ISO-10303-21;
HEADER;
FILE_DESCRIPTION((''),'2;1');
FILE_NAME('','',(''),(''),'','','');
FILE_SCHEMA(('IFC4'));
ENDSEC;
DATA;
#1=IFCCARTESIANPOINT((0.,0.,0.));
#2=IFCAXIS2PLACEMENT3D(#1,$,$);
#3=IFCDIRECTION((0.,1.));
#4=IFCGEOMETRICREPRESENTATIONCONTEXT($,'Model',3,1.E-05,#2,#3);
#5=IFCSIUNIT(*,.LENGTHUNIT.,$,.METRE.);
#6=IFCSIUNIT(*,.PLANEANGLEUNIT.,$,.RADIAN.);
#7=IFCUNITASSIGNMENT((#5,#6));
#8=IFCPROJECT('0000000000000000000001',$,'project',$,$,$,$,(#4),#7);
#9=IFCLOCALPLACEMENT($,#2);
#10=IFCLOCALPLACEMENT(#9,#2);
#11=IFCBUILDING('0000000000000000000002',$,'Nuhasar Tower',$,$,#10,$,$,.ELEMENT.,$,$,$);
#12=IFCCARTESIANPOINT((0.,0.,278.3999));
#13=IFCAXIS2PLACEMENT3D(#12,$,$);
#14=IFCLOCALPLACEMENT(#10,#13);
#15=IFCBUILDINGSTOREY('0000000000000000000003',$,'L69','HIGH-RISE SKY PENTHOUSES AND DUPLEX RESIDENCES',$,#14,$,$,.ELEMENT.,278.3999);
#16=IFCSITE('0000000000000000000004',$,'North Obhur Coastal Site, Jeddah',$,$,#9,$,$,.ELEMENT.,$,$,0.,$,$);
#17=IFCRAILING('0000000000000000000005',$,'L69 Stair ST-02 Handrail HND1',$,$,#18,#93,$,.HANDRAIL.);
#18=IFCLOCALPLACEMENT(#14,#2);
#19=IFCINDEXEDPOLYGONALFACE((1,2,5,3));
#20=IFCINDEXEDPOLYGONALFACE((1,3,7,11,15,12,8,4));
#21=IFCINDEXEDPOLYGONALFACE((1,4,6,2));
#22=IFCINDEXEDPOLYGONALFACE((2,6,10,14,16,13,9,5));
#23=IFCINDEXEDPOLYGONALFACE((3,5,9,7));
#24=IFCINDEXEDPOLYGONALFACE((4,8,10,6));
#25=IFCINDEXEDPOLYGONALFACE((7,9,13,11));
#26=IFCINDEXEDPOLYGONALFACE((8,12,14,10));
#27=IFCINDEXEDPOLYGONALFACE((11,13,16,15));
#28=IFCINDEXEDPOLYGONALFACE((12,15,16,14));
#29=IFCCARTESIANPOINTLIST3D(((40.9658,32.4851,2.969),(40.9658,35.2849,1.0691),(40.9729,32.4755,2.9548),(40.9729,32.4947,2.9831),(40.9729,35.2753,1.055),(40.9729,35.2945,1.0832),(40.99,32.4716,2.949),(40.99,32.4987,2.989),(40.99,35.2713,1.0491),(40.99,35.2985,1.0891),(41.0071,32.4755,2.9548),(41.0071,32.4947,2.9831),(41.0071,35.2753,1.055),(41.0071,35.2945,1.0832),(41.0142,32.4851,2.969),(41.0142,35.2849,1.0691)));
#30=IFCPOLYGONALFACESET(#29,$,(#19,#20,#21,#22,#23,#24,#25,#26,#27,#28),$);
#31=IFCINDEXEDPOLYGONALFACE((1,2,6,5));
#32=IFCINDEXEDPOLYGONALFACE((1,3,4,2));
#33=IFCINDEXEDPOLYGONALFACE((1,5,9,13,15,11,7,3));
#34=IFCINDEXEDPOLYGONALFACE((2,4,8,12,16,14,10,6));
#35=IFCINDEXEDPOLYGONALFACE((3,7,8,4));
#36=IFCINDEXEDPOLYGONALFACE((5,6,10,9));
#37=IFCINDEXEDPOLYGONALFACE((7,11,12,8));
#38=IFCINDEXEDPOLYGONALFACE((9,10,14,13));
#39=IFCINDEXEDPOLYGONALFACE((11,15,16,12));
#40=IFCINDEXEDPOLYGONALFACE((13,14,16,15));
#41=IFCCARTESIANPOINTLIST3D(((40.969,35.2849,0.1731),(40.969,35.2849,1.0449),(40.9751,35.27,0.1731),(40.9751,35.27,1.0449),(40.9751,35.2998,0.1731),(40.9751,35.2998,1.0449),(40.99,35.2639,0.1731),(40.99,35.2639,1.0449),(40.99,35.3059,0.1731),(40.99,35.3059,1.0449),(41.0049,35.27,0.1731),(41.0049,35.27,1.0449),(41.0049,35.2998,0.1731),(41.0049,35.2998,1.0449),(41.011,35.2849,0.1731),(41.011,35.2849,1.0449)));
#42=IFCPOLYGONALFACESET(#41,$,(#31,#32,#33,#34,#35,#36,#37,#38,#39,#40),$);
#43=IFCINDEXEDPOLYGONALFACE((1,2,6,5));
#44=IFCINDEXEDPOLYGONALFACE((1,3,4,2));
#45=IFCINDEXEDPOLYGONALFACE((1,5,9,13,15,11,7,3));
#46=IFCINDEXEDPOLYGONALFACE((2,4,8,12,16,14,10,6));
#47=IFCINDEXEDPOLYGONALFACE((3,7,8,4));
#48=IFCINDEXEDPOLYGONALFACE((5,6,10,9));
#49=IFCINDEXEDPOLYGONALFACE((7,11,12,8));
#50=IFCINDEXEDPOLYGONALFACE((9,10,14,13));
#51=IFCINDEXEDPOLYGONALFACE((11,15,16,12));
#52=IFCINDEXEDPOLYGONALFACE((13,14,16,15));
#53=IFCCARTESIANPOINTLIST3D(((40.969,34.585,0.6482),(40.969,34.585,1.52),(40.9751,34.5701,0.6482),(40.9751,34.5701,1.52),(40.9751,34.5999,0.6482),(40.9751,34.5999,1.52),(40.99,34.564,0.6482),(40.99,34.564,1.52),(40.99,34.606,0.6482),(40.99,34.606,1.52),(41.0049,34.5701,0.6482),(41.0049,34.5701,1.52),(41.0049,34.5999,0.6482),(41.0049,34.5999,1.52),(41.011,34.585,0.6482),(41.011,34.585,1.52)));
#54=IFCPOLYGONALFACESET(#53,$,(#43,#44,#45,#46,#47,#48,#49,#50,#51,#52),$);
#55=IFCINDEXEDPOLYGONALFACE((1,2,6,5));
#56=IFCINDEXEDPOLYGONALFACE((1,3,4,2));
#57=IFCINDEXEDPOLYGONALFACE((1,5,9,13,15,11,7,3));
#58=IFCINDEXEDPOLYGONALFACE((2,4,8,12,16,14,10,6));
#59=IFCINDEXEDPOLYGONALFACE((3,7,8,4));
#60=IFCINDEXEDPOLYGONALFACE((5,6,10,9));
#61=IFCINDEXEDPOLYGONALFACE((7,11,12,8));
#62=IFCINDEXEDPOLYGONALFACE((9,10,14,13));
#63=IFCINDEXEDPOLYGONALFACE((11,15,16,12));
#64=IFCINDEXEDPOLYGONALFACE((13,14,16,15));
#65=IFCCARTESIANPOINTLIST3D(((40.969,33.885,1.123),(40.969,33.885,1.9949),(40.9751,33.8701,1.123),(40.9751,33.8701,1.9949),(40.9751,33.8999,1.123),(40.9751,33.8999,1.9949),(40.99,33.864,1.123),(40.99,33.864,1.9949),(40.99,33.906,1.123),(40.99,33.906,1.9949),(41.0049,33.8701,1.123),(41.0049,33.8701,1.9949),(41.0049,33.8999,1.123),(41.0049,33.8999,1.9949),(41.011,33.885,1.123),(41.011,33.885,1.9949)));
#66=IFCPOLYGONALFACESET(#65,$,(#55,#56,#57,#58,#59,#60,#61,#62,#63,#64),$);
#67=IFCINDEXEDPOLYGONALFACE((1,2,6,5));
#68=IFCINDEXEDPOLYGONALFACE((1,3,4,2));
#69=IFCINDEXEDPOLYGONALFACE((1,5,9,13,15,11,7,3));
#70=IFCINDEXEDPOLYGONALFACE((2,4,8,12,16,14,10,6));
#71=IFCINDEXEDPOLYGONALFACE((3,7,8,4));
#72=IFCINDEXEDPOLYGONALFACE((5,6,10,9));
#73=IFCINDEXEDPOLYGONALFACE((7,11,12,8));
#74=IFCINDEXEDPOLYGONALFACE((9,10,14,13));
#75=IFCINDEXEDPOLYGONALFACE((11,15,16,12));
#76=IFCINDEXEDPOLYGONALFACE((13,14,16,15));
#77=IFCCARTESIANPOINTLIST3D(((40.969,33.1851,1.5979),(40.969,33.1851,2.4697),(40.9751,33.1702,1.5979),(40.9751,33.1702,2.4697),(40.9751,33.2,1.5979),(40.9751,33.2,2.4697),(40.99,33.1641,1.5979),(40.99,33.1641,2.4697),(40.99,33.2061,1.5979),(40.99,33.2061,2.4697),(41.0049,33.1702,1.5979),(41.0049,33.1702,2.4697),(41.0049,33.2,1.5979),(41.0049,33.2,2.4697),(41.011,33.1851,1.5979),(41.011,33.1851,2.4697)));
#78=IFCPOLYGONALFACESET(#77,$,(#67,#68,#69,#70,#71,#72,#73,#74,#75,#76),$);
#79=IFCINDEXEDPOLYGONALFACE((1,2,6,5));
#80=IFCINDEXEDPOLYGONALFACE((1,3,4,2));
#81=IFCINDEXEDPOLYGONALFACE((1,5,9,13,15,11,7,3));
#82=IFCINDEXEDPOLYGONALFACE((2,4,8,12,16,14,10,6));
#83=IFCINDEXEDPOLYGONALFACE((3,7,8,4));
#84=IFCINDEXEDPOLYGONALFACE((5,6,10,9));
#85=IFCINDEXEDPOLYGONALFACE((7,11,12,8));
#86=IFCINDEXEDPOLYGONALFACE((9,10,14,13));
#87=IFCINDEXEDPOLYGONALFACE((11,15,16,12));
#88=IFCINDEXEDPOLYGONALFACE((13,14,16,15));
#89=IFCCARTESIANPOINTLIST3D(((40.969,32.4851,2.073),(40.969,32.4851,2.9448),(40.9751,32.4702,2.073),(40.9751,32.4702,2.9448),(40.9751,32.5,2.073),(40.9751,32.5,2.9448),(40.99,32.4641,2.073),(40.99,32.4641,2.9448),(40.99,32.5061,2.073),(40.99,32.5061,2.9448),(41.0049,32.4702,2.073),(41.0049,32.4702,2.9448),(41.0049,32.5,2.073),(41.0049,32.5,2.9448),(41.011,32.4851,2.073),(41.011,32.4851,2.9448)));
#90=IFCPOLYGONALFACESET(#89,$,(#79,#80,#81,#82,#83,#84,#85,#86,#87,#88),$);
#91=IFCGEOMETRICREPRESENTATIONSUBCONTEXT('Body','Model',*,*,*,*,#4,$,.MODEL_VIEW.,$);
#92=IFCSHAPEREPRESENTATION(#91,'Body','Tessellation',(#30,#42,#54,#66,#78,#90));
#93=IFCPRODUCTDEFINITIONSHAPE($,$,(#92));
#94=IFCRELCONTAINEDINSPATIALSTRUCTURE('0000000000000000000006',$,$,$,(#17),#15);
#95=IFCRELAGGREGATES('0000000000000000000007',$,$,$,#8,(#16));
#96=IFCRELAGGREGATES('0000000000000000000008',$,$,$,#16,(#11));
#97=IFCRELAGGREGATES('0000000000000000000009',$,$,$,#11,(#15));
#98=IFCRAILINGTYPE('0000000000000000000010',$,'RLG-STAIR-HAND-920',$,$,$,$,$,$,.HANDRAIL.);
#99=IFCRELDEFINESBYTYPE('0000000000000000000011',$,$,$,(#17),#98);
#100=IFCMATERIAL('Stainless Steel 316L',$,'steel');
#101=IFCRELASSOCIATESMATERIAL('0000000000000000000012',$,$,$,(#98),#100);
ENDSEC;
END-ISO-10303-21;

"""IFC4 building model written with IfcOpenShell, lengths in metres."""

from ifc_helpers import new_model, si_unit, direction, frame, origin, place, context, subcontext, project, spatial, polyline, outline, extrude, material, type_object, element, save


model = new_model("IFC4")

# Units and contexts
model_context = context("Model", 3, precision=1e-05, world=origin(), true_north=direction((0.0, 1.0)))
body_context = subcontext(model_context, "Body", "Model", "MODEL_VIEW")
ifc_project = project(units=[si_unit("LENGTHUNIT", "METRE"), si_unit("PLANEANGLEUNIT", "RADIAN")], contexts=[model_context])

# Site, building, storey
site_placement = place(None, origin())
site = spatial("IfcSite", under=ifc_project, at=site_placement, Name="North Obhur Coastal Site, Jeddah", CompositionType="ELEMENT", RefElevation=0.0)
building_placement = place(site_placement, origin())
building = spatial("IfcBuilding", under=site, at=building_placement, Name="Nuhasar Tower", CompositionType="ELEMENT")
storey_placement = place(building_placement, frame((0.0, 0.0, 278.3999)))
storey = spatial("IfcBuildingStorey", under=building, at=storey_placement, Name="L69", Description="HIGH-RISE SKY PENTHOUSES AND DUPLEX RESIDENCES", CompositionType="ELEMENT", Elevation=278.3999)

# Railing
ifc_material_1 = material(Name="Stainless Steel 316L", Category="steel")
railing_type_1 = type_object("IfcRailingType", Name="RLG-STAIR-HAND-920", PredefinedType="HANDRAIL", material=ifc_material_1)
railing_1_placement = place(storey_placement, frame((40.99, 35.2849, 0.1731)))
element("IfcRailing", 1, at=railing_1_placement, inside=storey, type_object=railing_type_1, Name="L69 Stair ST-02 Handrail HND1", PredefinedType="HANDRAIL", context=body_context, shape_type="SweptSolid", body=[
    extrude(outline(polyline([(0.0242, 0.0), (0.0171, 0.0171), (0.0, 0.0242), (-0.0171, 0.0171), (-0.0242, 0.0), (-0.0171, -0.0171), (0.0, -0.0242), (0.0171, -0.0171), (0.0242, 0.0)])), frame((0.0, 0.0, 0.896), z_axis=(0.0, -0.827471, 0.561508), x_axis=(1.0, 0.0, 0.0)), (0.0, 0.0, 1.0), 3.3835),
    extrude(outline(polyline([(0.021, 0.0), (0.0149, 0.0149), (0.0, 0.021), (-0.0149, 0.0149), (-0.021, 0.0), (-0.0149, -0.0149), (0.0, -0.021), (0.0149, -0.0149), (0.021, 0.0)])), origin(), (0.0, 0.0, 1.0), 0.8718),
    extrude(outline(polyline([(0.021, 0.0), (0.0149, 0.0149), (0.0, 0.021), (-0.0149, 0.0149), (-0.021, 0.0), (-0.0149, -0.0149), (0.0, -0.021), (0.0149, -0.0149), (0.021, 0.0)])), frame((0.0, -0.7, 0.4751)), (0.0, 0.0, 1.0), 0.8718),
    extrude(outline(polyline([(0.021, 0.0), (0.0149, 0.0149), (0.0, 0.021), (-0.0149, 0.0149), (-0.021, 0.0), (-0.0149, -0.0149), (0.0, -0.021), (0.0149, -0.0149), (0.021, 0.0)])), frame((0.0, -1.3999, 0.95)), (0.0, 0.0, 1.0), 0.8718),
    extrude(outline(polyline([(0.021, 0.0), (0.0149, 0.0149), (0.0, 0.021), (-0.0149, 0.0149), (-0.021, 0.0), (-0.0149, -0.0149), (0.0, -0.021), (0.0149, -0.0149), (0.021, 0.0)])), frame((0.0, -2.0999, 1.4248)), (0.0, 0.0, 1.0), 0.8718),
    extrude(outline(polyline([(0.021, 0.0), (0.0149, 0.0149), (0.0, 0.021), (-0.0149, 0.0149), (-0.021, 0.0), (-0.0149, -0.0149), (0.0, -0.021), (0.0149, -0.0149), (0.021, 0.0)])), frame((0.0, -2.7998, 1.8999)), (0.0, 0.0, 1.0), 0.8718),
])

save(model, "model.ifc")
